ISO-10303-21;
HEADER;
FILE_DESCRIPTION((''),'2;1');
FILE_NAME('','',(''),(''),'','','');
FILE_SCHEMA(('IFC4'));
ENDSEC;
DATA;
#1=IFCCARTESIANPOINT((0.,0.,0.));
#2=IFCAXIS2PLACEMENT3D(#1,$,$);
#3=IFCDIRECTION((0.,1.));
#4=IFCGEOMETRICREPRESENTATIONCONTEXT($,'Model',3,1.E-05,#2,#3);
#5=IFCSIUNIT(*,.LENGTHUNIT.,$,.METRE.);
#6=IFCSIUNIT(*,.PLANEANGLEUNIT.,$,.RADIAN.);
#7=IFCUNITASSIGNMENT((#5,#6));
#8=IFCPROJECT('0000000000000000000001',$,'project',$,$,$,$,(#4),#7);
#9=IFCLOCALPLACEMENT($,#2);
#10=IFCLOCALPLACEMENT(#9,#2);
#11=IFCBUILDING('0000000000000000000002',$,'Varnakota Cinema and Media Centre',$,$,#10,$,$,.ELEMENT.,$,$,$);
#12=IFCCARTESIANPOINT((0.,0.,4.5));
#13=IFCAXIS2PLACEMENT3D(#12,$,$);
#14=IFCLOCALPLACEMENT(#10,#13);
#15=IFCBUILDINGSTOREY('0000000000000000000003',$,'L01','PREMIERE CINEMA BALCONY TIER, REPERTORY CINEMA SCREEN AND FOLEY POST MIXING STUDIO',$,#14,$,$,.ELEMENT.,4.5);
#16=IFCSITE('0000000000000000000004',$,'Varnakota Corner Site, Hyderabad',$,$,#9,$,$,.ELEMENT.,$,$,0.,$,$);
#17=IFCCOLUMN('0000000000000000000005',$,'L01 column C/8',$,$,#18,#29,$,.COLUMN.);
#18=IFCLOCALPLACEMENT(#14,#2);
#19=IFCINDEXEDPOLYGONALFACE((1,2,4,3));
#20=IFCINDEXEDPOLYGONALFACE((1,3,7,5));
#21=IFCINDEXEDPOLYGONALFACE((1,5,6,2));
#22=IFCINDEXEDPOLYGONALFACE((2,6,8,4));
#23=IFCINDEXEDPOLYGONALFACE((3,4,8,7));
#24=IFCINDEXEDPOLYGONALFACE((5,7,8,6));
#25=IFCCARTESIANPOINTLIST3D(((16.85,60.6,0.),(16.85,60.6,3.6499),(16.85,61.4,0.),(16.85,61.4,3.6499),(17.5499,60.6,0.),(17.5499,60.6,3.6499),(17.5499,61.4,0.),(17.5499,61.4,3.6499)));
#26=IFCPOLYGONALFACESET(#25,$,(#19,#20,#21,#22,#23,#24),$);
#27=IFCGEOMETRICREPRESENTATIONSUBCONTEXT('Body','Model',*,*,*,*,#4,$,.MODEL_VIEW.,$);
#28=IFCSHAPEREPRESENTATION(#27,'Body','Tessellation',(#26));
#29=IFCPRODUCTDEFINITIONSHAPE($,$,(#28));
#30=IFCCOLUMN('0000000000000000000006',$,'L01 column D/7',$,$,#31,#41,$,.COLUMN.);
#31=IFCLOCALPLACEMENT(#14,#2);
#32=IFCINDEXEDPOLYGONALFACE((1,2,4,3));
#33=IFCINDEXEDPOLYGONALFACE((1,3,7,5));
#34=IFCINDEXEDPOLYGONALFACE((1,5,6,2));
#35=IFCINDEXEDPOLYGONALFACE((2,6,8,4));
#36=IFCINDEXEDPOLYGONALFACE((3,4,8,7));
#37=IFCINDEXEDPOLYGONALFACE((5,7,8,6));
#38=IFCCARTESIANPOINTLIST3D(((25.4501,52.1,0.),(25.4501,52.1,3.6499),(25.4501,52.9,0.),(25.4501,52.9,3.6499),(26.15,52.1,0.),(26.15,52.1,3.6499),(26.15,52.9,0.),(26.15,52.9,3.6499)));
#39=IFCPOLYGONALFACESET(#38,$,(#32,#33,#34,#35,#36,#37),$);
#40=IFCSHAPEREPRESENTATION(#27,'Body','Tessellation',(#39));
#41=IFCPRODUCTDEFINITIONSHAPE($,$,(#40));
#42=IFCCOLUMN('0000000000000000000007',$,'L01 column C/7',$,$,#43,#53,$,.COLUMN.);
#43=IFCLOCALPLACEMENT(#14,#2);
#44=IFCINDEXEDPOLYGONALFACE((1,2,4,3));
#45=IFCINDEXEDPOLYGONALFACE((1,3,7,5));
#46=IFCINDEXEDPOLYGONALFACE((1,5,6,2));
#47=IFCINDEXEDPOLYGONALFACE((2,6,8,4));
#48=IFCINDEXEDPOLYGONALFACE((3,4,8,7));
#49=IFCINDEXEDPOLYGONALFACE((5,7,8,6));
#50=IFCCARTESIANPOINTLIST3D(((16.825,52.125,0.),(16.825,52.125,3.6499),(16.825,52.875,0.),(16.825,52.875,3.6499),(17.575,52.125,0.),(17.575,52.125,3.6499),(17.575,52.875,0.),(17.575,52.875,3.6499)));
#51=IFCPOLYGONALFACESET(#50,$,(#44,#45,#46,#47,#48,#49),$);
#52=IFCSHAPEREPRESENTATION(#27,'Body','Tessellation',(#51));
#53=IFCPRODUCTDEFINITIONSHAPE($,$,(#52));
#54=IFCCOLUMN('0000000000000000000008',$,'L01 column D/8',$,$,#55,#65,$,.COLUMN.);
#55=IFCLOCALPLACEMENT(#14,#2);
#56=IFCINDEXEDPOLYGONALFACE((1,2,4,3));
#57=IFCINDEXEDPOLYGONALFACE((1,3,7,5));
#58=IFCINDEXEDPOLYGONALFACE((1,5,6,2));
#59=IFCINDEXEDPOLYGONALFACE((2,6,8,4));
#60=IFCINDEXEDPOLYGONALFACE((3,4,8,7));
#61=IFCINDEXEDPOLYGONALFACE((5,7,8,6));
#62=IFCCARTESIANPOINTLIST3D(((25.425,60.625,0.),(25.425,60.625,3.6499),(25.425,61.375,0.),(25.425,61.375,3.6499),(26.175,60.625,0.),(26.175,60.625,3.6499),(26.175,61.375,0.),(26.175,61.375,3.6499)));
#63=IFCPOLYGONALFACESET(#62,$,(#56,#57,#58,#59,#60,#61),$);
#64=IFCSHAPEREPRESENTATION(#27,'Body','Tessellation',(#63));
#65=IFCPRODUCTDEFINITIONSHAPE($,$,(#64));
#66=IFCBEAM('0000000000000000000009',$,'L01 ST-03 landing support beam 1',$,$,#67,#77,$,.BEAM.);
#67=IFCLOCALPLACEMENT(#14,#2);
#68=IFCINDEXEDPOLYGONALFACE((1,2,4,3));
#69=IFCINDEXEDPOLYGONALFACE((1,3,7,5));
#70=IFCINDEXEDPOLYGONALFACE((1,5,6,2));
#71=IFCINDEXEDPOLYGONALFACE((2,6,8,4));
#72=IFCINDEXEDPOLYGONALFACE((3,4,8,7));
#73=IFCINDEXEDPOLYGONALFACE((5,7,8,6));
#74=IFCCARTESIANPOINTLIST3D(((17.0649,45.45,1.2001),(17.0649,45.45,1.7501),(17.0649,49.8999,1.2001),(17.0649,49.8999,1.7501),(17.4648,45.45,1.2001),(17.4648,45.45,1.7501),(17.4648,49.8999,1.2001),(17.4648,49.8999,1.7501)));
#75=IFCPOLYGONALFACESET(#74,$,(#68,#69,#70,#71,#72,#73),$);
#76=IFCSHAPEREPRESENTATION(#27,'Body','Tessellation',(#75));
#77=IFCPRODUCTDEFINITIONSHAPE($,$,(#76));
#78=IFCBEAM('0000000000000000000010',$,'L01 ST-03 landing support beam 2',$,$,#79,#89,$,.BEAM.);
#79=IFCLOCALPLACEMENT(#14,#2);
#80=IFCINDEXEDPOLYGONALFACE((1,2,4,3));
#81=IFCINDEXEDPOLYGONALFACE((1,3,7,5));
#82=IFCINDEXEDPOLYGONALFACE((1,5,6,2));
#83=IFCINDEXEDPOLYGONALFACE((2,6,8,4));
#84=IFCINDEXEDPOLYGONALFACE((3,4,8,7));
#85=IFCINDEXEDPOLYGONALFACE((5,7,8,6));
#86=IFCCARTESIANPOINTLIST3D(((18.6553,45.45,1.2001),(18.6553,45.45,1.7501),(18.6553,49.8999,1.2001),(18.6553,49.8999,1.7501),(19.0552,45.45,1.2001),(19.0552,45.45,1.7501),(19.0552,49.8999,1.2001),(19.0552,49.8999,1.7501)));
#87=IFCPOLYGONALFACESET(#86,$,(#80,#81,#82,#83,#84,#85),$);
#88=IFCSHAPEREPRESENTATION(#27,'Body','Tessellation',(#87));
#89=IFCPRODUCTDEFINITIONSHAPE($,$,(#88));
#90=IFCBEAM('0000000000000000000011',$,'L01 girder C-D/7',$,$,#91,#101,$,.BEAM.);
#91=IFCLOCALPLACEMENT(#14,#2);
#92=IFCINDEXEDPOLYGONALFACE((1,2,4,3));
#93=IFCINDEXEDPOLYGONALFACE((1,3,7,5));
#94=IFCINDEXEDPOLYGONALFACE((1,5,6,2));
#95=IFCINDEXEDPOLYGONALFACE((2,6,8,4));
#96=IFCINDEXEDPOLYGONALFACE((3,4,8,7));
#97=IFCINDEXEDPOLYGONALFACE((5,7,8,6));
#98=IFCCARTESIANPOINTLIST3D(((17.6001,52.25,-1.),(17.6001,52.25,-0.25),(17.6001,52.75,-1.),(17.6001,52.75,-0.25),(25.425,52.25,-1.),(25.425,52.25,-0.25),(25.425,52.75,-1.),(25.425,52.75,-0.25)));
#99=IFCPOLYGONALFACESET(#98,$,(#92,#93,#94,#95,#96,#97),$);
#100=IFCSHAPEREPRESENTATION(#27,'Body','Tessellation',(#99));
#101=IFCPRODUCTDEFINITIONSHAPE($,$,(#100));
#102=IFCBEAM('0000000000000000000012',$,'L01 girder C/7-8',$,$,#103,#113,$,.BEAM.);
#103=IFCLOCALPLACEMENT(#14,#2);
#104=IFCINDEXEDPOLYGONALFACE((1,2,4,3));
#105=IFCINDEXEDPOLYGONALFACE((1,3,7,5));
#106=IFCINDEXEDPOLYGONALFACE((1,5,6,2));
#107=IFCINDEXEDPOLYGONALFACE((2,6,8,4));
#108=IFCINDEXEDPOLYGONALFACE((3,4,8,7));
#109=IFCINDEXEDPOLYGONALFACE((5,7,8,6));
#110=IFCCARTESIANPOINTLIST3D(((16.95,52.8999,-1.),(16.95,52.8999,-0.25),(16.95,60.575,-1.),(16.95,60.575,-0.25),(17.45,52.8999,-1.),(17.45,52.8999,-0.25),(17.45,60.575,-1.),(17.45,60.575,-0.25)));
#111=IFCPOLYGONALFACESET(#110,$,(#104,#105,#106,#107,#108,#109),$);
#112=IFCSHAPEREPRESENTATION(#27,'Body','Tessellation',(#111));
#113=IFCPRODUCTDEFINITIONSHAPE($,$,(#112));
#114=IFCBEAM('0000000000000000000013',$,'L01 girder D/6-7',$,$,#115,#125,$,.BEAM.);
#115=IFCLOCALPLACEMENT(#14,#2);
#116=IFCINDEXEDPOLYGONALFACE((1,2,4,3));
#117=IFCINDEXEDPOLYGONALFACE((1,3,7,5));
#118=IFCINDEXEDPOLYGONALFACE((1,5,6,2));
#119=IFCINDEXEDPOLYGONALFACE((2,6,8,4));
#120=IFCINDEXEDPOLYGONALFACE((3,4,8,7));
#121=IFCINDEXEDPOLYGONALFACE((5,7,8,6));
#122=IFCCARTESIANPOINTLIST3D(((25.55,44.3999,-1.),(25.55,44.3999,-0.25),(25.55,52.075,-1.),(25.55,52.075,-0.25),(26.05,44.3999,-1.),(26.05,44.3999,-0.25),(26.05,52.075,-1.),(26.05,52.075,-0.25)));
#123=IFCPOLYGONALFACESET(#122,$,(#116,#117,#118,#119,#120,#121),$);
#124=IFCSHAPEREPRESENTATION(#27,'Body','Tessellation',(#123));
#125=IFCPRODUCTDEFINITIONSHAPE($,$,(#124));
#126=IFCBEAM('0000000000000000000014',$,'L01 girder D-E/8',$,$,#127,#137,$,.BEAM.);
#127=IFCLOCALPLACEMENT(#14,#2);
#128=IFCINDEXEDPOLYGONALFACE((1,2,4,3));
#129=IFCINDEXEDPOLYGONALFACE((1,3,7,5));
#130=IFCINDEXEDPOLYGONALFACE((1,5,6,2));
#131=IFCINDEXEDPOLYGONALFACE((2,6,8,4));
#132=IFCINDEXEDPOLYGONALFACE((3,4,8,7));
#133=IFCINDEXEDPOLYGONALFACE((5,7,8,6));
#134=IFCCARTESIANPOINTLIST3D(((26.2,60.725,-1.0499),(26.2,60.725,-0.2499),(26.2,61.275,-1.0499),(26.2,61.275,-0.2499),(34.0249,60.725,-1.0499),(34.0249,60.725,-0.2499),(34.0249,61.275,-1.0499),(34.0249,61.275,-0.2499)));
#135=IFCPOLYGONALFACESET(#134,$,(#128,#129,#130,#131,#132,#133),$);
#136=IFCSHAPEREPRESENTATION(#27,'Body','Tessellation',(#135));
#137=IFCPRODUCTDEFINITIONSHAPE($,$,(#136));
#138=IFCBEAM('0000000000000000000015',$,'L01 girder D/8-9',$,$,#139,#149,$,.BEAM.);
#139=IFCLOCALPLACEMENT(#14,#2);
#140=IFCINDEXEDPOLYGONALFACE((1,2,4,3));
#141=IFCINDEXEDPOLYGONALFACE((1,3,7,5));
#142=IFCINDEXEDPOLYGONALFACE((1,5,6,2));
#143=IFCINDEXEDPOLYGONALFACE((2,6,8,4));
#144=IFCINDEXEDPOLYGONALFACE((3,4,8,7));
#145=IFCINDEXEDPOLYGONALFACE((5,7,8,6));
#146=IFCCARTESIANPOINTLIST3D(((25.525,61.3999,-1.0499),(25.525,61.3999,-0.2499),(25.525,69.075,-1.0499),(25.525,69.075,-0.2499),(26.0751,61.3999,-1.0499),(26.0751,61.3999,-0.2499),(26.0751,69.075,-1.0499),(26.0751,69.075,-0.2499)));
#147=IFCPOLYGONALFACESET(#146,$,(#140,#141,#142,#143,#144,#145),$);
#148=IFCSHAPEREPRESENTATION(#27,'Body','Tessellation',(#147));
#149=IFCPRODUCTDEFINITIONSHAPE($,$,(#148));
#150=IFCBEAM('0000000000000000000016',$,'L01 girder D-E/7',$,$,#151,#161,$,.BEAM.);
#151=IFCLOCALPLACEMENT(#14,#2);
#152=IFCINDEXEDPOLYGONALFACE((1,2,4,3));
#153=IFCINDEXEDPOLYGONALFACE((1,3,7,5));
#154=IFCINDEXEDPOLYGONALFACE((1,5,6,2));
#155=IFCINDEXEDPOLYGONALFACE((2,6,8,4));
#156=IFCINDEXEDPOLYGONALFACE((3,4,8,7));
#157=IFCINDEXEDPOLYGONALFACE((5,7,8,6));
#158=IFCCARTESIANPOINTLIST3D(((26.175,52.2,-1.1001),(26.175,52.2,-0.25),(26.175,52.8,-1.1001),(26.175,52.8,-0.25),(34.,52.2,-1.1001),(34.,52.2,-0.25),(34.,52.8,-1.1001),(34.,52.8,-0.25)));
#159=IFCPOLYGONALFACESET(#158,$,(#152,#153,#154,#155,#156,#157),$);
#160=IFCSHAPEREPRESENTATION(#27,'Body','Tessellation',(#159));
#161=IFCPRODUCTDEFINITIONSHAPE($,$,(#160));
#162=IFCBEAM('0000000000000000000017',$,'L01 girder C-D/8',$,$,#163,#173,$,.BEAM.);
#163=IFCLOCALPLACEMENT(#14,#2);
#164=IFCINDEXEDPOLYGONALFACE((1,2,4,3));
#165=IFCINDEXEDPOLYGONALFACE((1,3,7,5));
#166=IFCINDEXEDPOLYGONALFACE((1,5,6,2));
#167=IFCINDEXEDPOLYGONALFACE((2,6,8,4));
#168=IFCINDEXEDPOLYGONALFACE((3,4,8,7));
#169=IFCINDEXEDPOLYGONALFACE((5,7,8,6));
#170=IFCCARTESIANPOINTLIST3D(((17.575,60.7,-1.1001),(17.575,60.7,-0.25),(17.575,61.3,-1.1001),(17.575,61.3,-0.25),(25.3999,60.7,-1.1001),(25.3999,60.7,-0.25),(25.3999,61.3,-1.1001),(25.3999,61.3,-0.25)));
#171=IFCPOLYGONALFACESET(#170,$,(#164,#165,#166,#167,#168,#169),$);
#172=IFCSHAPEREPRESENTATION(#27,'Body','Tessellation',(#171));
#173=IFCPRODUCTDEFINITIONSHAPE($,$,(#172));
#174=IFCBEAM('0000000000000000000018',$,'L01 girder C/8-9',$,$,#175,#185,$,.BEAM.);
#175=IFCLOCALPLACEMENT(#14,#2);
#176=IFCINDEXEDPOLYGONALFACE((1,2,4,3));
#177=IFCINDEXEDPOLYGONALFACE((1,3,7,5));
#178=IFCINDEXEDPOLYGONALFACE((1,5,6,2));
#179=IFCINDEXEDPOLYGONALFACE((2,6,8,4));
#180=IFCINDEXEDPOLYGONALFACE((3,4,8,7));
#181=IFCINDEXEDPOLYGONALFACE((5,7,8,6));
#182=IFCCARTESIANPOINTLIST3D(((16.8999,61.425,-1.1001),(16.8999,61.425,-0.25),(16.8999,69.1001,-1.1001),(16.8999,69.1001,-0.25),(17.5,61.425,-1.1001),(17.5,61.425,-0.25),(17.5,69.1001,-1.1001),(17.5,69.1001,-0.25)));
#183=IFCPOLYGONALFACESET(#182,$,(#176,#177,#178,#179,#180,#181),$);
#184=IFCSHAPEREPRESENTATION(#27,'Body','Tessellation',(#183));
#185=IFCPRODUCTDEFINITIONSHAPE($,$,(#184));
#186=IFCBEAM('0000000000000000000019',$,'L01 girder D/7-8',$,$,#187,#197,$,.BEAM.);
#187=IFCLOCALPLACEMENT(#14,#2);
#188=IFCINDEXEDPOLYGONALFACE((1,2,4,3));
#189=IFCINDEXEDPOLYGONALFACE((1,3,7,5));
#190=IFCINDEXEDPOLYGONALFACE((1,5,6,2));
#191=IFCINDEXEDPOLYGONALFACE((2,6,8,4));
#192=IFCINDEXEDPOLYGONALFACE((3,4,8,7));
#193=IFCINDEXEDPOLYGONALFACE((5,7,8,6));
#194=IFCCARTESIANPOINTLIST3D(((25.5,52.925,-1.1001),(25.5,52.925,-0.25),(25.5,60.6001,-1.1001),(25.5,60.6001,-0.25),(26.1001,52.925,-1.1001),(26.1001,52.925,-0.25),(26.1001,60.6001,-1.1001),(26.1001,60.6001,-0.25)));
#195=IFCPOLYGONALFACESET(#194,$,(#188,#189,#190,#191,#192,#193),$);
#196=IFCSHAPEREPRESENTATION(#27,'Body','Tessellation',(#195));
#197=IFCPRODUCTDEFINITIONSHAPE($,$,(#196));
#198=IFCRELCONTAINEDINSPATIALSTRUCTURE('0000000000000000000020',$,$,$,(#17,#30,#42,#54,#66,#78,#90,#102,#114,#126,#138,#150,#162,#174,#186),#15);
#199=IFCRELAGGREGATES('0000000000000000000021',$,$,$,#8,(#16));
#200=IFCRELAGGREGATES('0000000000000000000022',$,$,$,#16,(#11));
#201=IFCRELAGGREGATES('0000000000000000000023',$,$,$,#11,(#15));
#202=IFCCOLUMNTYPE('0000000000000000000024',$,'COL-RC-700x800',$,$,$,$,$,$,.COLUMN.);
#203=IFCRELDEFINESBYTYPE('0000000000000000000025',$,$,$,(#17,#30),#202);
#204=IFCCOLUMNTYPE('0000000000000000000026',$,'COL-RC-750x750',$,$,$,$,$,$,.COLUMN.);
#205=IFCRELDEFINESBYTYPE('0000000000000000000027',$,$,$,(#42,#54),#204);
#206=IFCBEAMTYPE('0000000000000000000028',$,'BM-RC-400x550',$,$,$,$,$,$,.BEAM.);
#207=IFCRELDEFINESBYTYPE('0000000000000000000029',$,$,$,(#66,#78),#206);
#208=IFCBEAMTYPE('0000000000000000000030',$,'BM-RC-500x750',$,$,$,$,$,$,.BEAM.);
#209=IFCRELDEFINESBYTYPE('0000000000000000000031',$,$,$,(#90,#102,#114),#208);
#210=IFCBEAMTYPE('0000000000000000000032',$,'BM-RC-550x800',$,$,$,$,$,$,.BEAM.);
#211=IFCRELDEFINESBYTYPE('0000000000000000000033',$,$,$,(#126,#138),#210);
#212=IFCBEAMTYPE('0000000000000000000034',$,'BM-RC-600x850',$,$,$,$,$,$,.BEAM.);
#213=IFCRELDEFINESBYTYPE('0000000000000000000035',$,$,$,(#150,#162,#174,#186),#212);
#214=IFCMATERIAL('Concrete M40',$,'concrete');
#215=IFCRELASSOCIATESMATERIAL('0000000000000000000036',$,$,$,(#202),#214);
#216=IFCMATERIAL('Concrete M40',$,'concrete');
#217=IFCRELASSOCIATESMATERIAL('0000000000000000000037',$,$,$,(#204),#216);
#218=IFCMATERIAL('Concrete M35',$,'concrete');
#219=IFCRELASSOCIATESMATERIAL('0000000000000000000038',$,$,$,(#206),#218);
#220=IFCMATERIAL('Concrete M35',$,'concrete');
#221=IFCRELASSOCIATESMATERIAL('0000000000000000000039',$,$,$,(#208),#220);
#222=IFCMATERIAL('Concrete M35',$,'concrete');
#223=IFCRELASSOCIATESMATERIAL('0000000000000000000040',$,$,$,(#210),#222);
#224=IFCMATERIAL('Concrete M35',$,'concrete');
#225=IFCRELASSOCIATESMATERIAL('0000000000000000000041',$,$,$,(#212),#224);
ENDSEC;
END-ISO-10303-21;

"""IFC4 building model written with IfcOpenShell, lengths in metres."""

from ifc_helpers import new_model, si_unit, direction, frame, origin, origin_2d, place, context, subcontext, project, spatial, rectangle, extrude, material, material_profile, profile_set, type_object, element, save


model = new_model("IFC4")

# Units and contexts
model_context = context("Model", 3, precision=1e-05, world=origin(), true_north=direction((0.0, 1.0)))
body_context = subcontext(model_context, "Body", "Model", "MODEL_VIEW")
ifc_project = project(units=[si_unit("LENGTHUNIT", "METRE"), si_unit("PLANEANGLEUNIT", "RADIAN")], contexts=[model_context])

# Site, building, storey
site_placement = place(None, origin())
site = spatial("IfcSite", under=ifc_project, at=site_placement, Name="Varnakota Corner Site, Hyderabad", CompositionType="ELEMENT", RefElevation=0.0)
building_placement = place(site_placement, origin())
building = spatial("IfcBuilding", under=site, at=building_placement, Name="Varnakota Cinema and Media Centre", CompositionType="ELEMENT")
storey_placement = place(building_placement, frame((0.0, 0.0, 4.5)))
storey = spatial("IfcBuildingStorey", under=building, at=storey_placement, Name="L01", Description="PREMIERE CINEMA BALCONY TIER, REPERTORY CINEMA SCREEN AND FOLEY POST MIXING STUDIO", CompositionType="ELEMENT", Elevation=4.5)

# Columns
ifc_material_1 = material(Name="Concrete M40", Category="concrete")
ifc_material_profile_1 = material_profile(ifc_material_1, rectangle(XDim=0.7, YDim=0.8, at=origin_2d()), Name="RC 700x800")
ifc_profile_set_1 = profile_set([ifc_material_profile_1], Name="Concrete M40")
column_type_1 = type_object("IfcColumnType", Name="COL-RC-700x800", PredefinedType="COLUMN", material=ifc_profile_set_1)
for number, where, z_axis, x_axis, name in (
    (1, (17.2, 61.0, 0.0), (0.0, 0.0, 1.0), (1.0, 0.0, 0.0), "L01 column C/8"),
    (2, (25.8, 52.5, 0.0), (0.0, 0.0, 1.0), (1.0, 0.0, 0.0), "L01 column D/7"),
):
    element("IfcColumn", number, at=place(storey_placement, frame(where, z_axis=z_axis, x_axis=x_axis)), inside=storey, type_object=column_type_1, Name=name, PredefinedType="COLUMN", context=body_context, shape_type="SweptSolid", body=[
        extrude(rectangle(XDim=0.7, YDim=0.8, at=origin_2d()), origin(), (0.0, 0.0, 1.0), 3.6499),
    ])
ifc_material_2 = material(Name="Concrete M40", Category="concrete")
ifc_material_profile_2 = material_profile(ifc_material_2, rectangle(XDim=0.75, YDim=0.75, at=origin_2d()), Name="RC 750x750")
ifc_profile_set_2 = profile_set([ifc_material_profile_2], Name="Concrete M40")
column_type_2 = type_object("IfcColumnType", Name="COL-RC-750x750", PredefinedType="COLUMN", material=ifc_profile_set_2)
for number, where, z_axis, x_axis, name in (
    (3, (17.2, 52.5, 0.0), (0.0, 0.0, 1.0), (1.0, 0.0, 0.0), "L01 column C/7"),
    (4, (25.8, 61.0, 0.0), (0.0, 0.0, 1.0), (1.0, 0.0, 0.0), "L01 column D/8"),
):
    element("IfcColumn", number, at=place(storey_placement, frame(where, z_axis=z_axis, x_axis=x_axis)), inside=storey, type_object=column_type_2, Name=name, PredefinedType="COLUMN", context=body_context, shape_type="SweptSolid", body=[
        extrude(rectangle(XDim=0.75, YDim=0.75, at=origin_2d()), origin(), (0.0, 0.0, 1.0), 3.6499),
    ])

# Beams
ifc_material_3 = material(Name="Concrete M35", Category="concrete")
ifc_material_profile_3 = material_profile(ifc_material_3, rectangle(XDim=0.3999, YDim=0.55, at=origin_2d()), Name="RCB 400x550")
ifc_profile_set_3 = profile_set([ifc_material_profile_3], Name="Concrete M35")
beam_type_1 = type_object("IfcBeamType", Name="BM-RC-400x550", PredefinedType="BEAM", material=ifc_profile_set_3)
for number, where, z_axis, x_axis, name in (
    (5, (17.2649, 45.45, 1.4751), (0.0, 1.0, 0.0), (-1.0, 0.0, 0.0), "L01 ST-03 landing support beam 1"),
    (6, (18.8552, 45.45, 1.4751), (0.0, 1.0, 0.0), (-1.0, 0.0, 0.0), "L01 ST-03 landing support beam 2"),
):
    element("IfcBeam", number, at=place(storey_placement, frame(where, z_axis=z_axis, x_axis=x_axis)), inside=storey, type_object=beam_type_1, Name=name, PredefinedType="BEAM", context=body_context, shape_type="SweptSolid", body=[
        extrude(rectangle(XDim=0.3999, YDim=0.55, at=origin_2d()), origin(), (0.0, 0.0, 1.0), 4.45),
    ])
ifc_material_4 = material(Name="Concrete M35", Category="concrete")
ifc_material_profile_4 = material_profile(ifc_material_4, rectangle(XDim=0.5, YDim=0.75, at=origin_2d()), Name="RCB 500x750")
ifc_profile_set_4 = profile_set([ifc_material_profile_4], Name="Concrete M35")
beam_type_2 = type_object("IfcBeamType", Name="BM-RC-500x750", PredefinedType="BEAM", material=ifc_profile_set_4)
beam_1_placement = place(storey_placement, frame((17.6001, 52.5, -0.625), z_axis=(1.0, 0.0, 0.0), x_axis=(0.0, 1.0, 0.0)))
element("IfcBeam", 7, at=beam_1_placement, inside=storey, type_object=beam_type_2, Name="L01 girder C-D/7", PredefinedType="BEAM", context=body_context, shape_type="SweptSolid", body=[
    extrude(rectangle(XDim=0.5, YDim=0.75, at=origin_2d()), origin(), (0.0, 0.0, 1.0), 7.825),
])
for number, where, z_axis, x_axis, name in (
    (8, (17.2, 52.8999, -0.625), (0.0, 1.0, 0.0), (-1.0, 0.0, 0.0), "L01 girder C/7-8"),
    (9, (25.8, 44.3999, -0.625), (0.0, 1.0, 0.0), (-1.0, 0.0, 0.0), "L01 girder D/6-7"),
):
    element("IfcBeam", number, at=place(storey_placement, frame(where, z_axis=z_axis, x_axis=x_axis)), inside=storey, type_object=beam_type_2, Name=name, PredefinedType="BEAM", context=body_context, shape_type="SweptSolid", body=[
        extrude(rectangle(XDim=0.5, YDim=0.75, at=origin_2d()), origin(), (0.0, 0.0, 1.0), 7.675),
    ])
ifc_material_5 = material(Name="Concrete M35", Category="concrete")
ifc_material_profile_5 = material_profile(ifc_material_5, rectangle(XDim=0.55, YDim=0.8, at=origin_2d()), Name="RCB 550x800")
ifc_profile_set_5 = profile_set([ifc_material_profile_5], Name="Concrete M35")
beam_type_3 = type_object("IfcBeamType", Name="BM-RC-550x800", PredefinedType="BEAM", material=ifc_profile_set_5)
beam_2_placement = place(storey_placement, frame((26.2, 61.0, -0.6499), z_axis=(1.0, 0.0, 0.0), x_axis=(0.0, 1.0, 0.0)))
element("IfcBeam", 10, at=beam_2_placement, inside=storey, type_object=beam_type_3, Name="L01 girder D-E/8", PredefinedType="BEAM", context=body_context, shape_type="SweptSolid", body=[
    extrude(rectangle(XDim=0.55, YDim=0.8, at=origin_2d()), origin(), (0.0, 0.0, 1.0), 7.825),
])
beam_3_placement = place(storey_placement, frame((25.8, 61.3999, -0.6499), z_axis=(0.0, 1.0, 0.0), x_axis=(-1.0, 0.0, 0.0)))
element("IfcBeam", 11, at=beam_3_placement, inside=storey, type_object=beam_type_3, Name="L01 girder D/8-9", PredefinedType="BEAM", context=body_context, shape_type="SweptSolid", body=[
    extrude(rectangle(XDim=0.55, YDim=0.8, at=origin_2d()), origin(), (0.0, 0.0, 1.0), 7.675),
])
ifc_material_6 = material(Name="Concrete M35", Category="concrete")
ifc_material_profile_6 = material_profile(ifc_material_6, rectangle(XDim=0.6001, YDim=0.8501, at=origin_2d()), Name="RCB 600x850")
ifc_profile_set_6 = profile_set([ifc_material_profile_6], Name="Concrete M35")
beam_type_4 = type_object("IfcBeamType", Name="BM-RC-600x850", PredefinedType="BEAM", material=ifc_profile_set_6)
for number, where, z_axis, x_axis, name in (
    (12, (26.175, 52.5, -0.675), (1.0, 0.0, 0.0), (0.0, 1.0, 0.0), "L01 girder D-E/7"),
    (13, (17.575, 61.0, -0.675), (1.0, 0.0, 0.0), (0.0, 1.0, 0.0), "L01 girder C-D/8"),
):
    element("IfcBeam", number, at=place(storey_placement, frame(where, z_axis=z_axis, x_axis=x_axis)), inside=storey, type_object=beam_type_4, Name=name, PredefinedType="BEAM", context=body_context, shape_type="SweptSolid", body=[
        extrude(rectangle(XDim=0.6001, YDim=0.8501, at=origin_2d()), origin(), (0.0, 0.0, 1.0), 7.825),
    ])
for number, where, z_axis, x_axis, name in (
    (14, (17.2, 61.425, -0.675), (0.0, 1.0, 0.0), (-1.0, 0.0, 0.0), "L01 girder C/8-9"),
    (15, (25.8, 52.925, -0.675), (0.0, 1.0, 0.0), (-1.0, 0.0, 0.0), "L01 girder D/7-8"),
):
    element("IfcBeam", number, at=place(storey_placement, frame(where, z_axis=z_axis, x_axis=x_axis)), inside=storey, type_object=beam_type_4, Name=name, PredefinedType="BEAM", context=body_context, shape_type="SweptSolid", body=[
        extrude(rectangle(XDim=0.6001, YDim=0.8501, at=origin_2d()), origin(), (0.0, 0.0, 1.0), 7.675),
    ])

save(model, "model.ifc")
